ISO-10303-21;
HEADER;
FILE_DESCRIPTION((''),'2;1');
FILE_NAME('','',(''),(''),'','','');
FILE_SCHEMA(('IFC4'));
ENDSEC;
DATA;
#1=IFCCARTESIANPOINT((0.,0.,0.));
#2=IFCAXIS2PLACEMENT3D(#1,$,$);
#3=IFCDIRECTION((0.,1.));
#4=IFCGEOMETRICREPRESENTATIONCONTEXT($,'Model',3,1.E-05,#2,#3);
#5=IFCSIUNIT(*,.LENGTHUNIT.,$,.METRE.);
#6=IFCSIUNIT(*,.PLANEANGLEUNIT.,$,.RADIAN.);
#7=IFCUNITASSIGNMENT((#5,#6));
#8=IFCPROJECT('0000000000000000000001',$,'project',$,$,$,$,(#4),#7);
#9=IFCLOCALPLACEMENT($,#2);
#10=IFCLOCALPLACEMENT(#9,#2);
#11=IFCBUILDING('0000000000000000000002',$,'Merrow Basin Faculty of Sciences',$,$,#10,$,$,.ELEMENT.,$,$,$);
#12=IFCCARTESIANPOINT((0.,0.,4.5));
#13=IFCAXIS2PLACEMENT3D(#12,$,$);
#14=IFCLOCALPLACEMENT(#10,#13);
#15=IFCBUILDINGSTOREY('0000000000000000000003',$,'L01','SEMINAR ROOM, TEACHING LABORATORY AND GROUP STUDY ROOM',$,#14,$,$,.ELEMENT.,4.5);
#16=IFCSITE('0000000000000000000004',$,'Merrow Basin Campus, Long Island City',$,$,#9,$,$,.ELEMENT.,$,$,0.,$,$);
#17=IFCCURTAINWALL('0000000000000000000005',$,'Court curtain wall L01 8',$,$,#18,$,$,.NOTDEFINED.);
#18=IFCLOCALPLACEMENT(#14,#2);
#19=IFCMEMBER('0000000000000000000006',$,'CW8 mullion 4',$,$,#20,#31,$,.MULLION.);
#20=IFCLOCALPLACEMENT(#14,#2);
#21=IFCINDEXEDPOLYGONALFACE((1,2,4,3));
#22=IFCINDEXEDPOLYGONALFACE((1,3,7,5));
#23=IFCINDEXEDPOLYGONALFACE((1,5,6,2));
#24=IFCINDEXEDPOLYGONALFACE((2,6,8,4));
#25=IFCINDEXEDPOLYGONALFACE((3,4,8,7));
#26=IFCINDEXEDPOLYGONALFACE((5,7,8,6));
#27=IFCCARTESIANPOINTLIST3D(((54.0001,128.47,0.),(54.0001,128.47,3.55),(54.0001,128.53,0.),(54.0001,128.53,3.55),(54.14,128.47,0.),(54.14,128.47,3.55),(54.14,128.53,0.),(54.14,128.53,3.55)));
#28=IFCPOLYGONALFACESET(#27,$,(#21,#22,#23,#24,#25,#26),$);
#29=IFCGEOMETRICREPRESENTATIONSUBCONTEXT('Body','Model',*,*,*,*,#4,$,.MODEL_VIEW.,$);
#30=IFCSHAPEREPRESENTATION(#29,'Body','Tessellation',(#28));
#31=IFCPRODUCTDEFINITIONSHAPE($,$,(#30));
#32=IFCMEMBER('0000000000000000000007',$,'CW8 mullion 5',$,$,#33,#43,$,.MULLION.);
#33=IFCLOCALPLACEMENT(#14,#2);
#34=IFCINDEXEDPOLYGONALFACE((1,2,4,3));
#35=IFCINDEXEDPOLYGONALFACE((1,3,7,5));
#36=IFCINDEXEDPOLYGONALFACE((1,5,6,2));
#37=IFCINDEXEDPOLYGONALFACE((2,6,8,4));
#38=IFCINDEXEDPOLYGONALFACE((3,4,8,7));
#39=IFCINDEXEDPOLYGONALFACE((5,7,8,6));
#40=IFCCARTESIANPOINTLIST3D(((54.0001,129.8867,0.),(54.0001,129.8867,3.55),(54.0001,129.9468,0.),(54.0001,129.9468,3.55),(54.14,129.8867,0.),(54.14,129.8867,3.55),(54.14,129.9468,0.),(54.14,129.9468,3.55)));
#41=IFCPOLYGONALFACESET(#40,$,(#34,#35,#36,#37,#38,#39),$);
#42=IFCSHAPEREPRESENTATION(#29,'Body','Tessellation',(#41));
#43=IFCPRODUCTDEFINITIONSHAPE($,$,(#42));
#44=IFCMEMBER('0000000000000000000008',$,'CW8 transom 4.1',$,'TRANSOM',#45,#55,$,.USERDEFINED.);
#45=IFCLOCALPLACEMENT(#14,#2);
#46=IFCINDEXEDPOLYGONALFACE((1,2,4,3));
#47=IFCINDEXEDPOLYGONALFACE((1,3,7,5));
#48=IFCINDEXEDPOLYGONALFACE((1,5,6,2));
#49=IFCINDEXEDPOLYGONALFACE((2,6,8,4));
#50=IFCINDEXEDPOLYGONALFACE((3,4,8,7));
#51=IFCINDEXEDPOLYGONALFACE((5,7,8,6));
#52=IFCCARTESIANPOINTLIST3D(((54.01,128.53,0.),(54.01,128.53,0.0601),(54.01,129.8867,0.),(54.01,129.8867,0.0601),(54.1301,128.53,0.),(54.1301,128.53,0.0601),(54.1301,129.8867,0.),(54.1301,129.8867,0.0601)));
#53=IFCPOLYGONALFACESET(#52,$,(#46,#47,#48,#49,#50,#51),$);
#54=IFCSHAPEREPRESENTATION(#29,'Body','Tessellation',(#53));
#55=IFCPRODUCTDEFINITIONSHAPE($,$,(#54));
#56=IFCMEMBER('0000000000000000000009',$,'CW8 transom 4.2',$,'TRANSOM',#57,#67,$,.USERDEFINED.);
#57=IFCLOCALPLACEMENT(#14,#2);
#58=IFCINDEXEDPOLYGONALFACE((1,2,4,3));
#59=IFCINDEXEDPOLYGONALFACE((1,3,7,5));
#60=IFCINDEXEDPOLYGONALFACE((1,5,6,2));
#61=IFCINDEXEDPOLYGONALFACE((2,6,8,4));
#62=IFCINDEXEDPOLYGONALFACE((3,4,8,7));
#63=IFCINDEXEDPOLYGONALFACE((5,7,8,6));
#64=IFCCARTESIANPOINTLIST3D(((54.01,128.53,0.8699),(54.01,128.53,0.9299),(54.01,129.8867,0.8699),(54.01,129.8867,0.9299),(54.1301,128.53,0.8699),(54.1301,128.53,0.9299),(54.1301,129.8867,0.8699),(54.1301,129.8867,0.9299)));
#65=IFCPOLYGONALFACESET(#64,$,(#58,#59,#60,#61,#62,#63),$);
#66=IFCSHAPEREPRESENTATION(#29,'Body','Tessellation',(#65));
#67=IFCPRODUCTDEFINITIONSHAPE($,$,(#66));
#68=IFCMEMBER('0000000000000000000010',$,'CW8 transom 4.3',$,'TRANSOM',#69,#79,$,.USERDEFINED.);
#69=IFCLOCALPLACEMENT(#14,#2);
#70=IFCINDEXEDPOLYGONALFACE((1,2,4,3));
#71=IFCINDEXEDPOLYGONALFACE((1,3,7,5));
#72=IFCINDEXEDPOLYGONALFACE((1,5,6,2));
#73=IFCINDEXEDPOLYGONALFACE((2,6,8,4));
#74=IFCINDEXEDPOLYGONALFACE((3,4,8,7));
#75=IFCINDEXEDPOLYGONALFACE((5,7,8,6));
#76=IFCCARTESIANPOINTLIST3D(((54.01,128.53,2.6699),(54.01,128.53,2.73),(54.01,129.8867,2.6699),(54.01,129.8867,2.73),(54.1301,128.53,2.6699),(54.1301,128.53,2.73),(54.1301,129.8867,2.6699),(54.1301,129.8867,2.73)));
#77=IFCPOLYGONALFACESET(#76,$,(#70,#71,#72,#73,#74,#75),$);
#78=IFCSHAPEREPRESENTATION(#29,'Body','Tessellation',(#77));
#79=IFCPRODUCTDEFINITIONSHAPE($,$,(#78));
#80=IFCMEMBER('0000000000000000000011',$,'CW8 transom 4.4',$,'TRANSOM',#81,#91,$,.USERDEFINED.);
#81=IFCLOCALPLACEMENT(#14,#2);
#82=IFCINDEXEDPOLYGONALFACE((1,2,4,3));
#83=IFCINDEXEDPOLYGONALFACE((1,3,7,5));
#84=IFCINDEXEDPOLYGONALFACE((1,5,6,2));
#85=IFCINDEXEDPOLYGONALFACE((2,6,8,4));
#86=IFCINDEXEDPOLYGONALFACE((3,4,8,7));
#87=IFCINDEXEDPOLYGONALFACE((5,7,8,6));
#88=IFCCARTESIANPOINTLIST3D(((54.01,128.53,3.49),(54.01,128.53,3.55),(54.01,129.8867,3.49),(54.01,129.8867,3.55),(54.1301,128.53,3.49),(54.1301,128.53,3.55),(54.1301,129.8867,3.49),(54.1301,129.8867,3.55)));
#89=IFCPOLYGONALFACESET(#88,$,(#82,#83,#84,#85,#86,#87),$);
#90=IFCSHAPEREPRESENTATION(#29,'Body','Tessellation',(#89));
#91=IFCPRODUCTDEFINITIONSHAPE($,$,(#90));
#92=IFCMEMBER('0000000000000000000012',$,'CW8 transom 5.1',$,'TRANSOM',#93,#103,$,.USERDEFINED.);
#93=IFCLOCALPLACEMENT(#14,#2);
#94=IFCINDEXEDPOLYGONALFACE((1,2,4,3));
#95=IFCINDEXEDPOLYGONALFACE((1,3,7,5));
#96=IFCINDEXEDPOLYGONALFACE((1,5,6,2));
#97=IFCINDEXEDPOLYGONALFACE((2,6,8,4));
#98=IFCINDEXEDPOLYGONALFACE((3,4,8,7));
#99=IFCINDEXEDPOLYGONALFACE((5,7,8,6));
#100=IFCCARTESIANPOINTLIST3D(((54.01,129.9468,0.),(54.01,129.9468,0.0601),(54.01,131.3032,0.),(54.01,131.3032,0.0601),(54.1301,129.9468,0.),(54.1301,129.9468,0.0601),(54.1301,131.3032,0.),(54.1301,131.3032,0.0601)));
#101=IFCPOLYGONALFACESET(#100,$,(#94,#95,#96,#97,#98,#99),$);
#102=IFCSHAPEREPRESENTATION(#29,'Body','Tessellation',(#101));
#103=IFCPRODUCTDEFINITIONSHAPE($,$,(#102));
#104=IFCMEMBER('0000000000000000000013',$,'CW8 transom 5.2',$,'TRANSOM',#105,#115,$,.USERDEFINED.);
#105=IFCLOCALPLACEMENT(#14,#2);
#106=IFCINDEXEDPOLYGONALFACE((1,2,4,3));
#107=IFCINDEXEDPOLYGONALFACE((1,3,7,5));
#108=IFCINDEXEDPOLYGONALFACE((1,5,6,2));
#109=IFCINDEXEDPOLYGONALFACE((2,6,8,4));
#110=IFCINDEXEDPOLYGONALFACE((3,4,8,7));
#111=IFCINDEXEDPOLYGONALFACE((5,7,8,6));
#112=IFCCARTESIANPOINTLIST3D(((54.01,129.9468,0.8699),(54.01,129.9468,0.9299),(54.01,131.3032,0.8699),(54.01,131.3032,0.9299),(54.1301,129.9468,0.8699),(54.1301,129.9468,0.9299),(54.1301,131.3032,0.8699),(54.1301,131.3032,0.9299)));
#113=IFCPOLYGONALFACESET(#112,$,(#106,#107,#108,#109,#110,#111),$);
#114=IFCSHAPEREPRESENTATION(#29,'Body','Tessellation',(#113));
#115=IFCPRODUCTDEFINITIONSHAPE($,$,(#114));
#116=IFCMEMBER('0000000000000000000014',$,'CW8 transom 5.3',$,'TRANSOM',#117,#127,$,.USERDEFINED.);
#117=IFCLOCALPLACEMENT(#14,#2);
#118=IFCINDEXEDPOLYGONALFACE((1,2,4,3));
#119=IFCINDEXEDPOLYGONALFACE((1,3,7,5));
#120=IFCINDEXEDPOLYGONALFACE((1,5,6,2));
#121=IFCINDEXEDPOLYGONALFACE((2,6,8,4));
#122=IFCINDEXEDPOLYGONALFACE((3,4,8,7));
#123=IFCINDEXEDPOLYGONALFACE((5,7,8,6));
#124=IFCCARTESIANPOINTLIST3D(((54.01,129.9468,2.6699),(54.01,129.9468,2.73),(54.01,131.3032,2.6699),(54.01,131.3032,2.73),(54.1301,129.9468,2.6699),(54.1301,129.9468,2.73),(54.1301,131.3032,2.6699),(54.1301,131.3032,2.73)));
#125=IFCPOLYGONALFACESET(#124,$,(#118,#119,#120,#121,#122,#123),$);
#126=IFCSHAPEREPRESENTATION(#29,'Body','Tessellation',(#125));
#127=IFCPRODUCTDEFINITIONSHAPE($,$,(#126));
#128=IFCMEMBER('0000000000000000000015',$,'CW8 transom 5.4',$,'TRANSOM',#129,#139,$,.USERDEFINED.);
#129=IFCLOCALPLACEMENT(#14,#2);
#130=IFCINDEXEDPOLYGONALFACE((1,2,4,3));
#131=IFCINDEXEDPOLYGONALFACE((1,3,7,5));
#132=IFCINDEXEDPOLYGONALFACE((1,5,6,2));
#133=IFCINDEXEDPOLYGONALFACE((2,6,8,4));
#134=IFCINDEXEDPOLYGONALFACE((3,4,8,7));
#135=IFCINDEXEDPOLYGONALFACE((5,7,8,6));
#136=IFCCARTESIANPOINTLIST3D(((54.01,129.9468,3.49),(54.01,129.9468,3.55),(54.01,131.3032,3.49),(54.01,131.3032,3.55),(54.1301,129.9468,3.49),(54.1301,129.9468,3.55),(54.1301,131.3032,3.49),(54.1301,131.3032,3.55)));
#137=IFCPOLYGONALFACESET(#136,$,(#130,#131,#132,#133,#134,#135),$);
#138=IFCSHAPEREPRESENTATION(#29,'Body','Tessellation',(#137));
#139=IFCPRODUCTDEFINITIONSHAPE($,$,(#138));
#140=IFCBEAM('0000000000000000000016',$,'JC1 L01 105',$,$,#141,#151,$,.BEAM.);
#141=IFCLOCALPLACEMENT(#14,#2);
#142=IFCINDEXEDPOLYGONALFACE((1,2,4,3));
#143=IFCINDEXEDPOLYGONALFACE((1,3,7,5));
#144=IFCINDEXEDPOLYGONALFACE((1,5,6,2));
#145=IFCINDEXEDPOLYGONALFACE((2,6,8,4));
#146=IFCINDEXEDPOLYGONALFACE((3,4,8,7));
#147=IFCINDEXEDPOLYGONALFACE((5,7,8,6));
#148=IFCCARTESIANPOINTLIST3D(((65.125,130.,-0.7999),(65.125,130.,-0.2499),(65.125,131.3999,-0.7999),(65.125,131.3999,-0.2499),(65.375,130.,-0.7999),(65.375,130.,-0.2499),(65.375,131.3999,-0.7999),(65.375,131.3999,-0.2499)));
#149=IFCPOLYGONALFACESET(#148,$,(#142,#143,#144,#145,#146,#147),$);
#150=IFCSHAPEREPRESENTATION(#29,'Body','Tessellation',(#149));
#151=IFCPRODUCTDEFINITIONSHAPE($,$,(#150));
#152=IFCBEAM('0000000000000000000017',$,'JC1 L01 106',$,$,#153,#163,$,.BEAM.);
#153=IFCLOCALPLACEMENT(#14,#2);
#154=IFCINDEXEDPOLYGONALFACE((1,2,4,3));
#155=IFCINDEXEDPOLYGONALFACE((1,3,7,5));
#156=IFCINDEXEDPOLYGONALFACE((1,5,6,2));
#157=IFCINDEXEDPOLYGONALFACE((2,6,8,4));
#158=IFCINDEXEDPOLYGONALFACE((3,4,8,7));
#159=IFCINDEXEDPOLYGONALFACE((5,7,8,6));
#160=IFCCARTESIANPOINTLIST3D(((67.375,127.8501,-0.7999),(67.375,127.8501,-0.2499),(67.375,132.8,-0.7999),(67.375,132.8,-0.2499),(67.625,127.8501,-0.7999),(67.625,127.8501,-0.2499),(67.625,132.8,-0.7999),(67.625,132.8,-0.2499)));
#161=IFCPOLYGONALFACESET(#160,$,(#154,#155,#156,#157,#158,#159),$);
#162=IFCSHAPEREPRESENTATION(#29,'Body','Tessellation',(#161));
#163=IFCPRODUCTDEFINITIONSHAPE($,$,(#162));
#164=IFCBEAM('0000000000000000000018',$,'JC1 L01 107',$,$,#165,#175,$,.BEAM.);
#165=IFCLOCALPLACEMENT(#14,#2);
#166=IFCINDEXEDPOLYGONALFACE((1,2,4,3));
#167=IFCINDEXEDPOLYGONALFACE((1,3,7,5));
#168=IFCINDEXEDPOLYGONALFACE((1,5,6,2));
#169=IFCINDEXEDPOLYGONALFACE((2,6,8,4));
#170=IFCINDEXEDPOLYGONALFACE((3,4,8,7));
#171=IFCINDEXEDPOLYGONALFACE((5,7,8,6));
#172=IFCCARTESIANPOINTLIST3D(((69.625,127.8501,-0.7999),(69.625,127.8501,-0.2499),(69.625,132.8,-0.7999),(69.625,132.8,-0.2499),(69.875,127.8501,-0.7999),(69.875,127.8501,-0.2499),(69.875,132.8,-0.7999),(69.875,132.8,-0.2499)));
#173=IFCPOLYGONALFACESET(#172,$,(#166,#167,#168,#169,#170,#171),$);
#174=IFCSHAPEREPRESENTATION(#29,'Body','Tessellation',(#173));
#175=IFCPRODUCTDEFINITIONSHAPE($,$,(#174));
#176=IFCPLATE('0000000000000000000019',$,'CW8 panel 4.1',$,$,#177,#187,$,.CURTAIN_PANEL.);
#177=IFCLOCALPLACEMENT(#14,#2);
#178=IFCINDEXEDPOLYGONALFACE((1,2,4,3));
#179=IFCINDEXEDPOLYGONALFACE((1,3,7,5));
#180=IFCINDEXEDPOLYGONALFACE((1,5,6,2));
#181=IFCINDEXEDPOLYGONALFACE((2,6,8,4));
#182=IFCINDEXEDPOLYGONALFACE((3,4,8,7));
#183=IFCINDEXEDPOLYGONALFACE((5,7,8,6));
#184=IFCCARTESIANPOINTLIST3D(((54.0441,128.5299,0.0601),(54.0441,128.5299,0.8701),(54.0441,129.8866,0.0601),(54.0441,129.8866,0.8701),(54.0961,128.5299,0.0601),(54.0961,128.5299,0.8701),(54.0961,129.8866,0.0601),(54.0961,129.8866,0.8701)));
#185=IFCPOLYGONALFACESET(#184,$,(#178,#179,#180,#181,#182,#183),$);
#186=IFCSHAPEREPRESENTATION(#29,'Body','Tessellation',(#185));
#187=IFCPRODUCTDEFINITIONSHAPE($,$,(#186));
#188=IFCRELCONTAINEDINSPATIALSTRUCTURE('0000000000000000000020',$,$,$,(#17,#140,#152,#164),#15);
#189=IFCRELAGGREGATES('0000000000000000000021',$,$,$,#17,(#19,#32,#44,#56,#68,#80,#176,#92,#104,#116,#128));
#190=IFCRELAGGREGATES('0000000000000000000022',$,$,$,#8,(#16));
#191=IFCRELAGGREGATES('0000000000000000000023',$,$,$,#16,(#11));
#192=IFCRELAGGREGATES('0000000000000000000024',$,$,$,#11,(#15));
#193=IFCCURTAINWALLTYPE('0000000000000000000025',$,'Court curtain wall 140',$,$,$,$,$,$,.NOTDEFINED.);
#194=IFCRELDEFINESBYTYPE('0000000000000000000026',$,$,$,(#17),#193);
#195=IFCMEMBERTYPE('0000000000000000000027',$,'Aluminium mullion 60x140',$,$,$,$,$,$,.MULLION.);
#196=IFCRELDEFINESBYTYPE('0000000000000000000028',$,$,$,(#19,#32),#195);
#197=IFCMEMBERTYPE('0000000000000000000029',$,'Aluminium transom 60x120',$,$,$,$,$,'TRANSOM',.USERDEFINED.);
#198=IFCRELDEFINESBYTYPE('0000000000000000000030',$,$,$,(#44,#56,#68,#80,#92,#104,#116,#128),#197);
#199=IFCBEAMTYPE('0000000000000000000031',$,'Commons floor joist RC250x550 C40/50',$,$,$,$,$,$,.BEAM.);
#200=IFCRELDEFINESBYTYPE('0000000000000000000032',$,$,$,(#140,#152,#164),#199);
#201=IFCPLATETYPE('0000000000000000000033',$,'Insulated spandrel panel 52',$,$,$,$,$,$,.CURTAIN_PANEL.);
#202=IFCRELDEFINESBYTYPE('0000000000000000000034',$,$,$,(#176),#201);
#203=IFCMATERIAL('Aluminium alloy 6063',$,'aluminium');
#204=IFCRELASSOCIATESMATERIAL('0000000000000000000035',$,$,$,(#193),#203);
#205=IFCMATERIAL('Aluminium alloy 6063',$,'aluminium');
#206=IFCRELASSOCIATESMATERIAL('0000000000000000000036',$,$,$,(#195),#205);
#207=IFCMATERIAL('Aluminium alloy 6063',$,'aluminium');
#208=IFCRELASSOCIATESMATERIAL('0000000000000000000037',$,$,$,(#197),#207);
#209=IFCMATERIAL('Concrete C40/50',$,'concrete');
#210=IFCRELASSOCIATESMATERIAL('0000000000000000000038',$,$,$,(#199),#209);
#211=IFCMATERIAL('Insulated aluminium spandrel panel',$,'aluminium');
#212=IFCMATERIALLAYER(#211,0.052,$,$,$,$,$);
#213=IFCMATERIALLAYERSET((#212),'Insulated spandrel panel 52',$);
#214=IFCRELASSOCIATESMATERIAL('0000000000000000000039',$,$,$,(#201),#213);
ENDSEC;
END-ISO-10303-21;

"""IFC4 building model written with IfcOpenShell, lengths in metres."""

from ifc_helpers import new_model, si_unit, direction, frame, origin, origin_2d, place, context, subcontext, project, spatial, rectangle, extrude, material, layer, layer_set, material_profile, profile_set, type_object, element, aggregate, save


model = new_model("IFC4")

# Units and contexts
model_context = context("Model", 3, precision=1e-05, world=origin(), true_north=direction((0.0, 1.0)))
body_context = subcontext(model_context, "Body", "Model", "MODEL_VIEW")
ifc_project = project(units=[si_unit("LENGTHUNIT", "METRE"), si_unit("PLANEANGLEUNIT", "RADIAN")], contexts=[model_context])

# Site, building, storey
site_placement = place(None, origin())
site = spatial("IfcSite", under=ifc_project, at=site_placement, Name="Merrow Basin Campus, Long Island City", CompositionType="ELEMENT", RefElevation=0.0)
building_placement = place(site_placement, origin())
building = spatial("IfcBuilding", under=site, at=building_placement, Name="Merrow Basin Faculty of Sciences", CompositionType="ELEMENT")
storey_placement = place(building_placement, frame((0.0, 0.0, 4.5)))
storey = spatial("IfcBuildingStorey", under=building, at=storey_placement, Name="L01", Description="SEMINAR ROOM, TEACHING LABORATORY AND GROUP STUDY ROOM", CompositionType="ELEMENT", Elevation=4.5)

# Curtain wall, members
ifc_material_1 = material(Name="Aluminium alloy 6063", Category="aluminium")
curtain_wall_type = type_object("IfcCurtainWallType", Name="Court curtain wall 140", PredefinedType="NOTDEFINED", material=ifc_material_1)
curtain_wall_placement = place(storey_placement, origin())
curtain_wall = element("IfcCurtainWall", 1, at=curtain_wall_placement, inside=storey, type_object=curtain_wall_type, Name="Court curtain wall L01 8", PredefinedType="NOTDEFINED")
ifc_material_2 = material(Name="Aluminium alloy 6063", Category="aluminium")
ifc_material_profile_1 = material_profile(ifc_material_2, rectangle(XDim=0.1399, YDim=0.0601, at=origin_2d()))
ifc_profile_set_1 = profile_set([ifc_material_profile_1], Name="Aluminium alloy 6063")
member_type_1 = type_object("IfcMemberType", Name="Aluminium mullion 60x140", PredefinedType="MULLION", material=ifc_profile_set_1)
member_1_placement = place(storey_placement, frame((54.0701, 128.5, 0.0), z_axis=(0.0, 0.0, 1.0), x_axis=(-1.0, 0.0, 0.0)))
member_1 = element("IfcMember", 2, at=member_1_placement, type_object=member_type_1, Name="CW8 mullion 4", PredefinedType="MULLION", context=body_context, shape_type="SweptSolid", body=[
    extrude(rectangle(XDim=0.1399, YDim=0.0601, at=origin_2d()), origin(), (0.0, 0.0, 1.0), 3.55),
])
member_2_placement = place(storey_placement, frame((54.0701, 129.9167, 0.0), z_axis=(0.0, 0.0, 1.0), x_axis=(-1.0, 0.0, 0.0)))
member_2 = element("IfcMember", 3, at=member_2_placement, type_object=member_type_1, Name="CW8 mullion 5", PredefinedType="MULLION", context=body_context, shape_type="SweptSolid", body=[
    extrude(rectangle(XDim=0.1399, YDim=0.0601, at=origin_2d()), origin(), (0.0, 0.0, 1.0), 3.55),
])
ifc_material_3 = material(Name="Aluminium alloy 6063", Category="aluminium")
ifc_material_profile_2 = material_profile(ifc_material_3, rectangle(XDim=0.1201, YDim=0.0601, at=origin_2d()))
ifc_profile_set_2 = profile_set([ifc_material_profile_2], Name="Aluminium alloy 6063")
member_type_2 = type_object("IfcMemberType", Name="Aluminium transom 60x120", ElementType="TRANSOM", PredefinedType="USERDEFINED", material=ifc_profile_set_2)
member_3_placement = place(storey_placement, frame((54.0701, 128.53, 0.03), z_axis=(0.0, 1.0, 0.0), x_axis=(-1.0, 0.0, 0.0)))
member_3 = element("IfcMember", 4, at=member_3_placement, type_object=member_type_2, Name="CW8 transom 4.1", ObjectType="TRANSOM", PredefinedType="USERDEFINED", context=body_context, shape_type="SweptSolid", body=[
    extrude(rectangle(XDim=0.1201, YDim=0.0601, at=origin_2d()), origin(), (0.0, 0.0, 1.0), 1.3567),
])
member_4_placement = place(storey_placement, frame((54.0701, 128.53, 0.8999), z_axis=(0.0, 1.0, 0.0), x_axis=(-1.0, 0.0, 0.0)))
member_4 = element("IfcMember", 5, at=member_4_placement, type_object=member_type_2, Name="CW8 transom 4.2", ObjectType="TRANSOM", PredefinedType="USERDEFINED", context=body_context, shape_type="SweptSolid", body=[
    extrude(rectangle(XDim=0.1201, YDim=0.0601, at=origin_2d()), origin(), (0.0, 0.0, 1.0), 1.3567),
])
member_5_placement = place(storey_placement, frame((54.0701, 128.53, 2.7), z_axis=(0.0, 1.0, 0.0), x_axis=(-1.0, 0.0, 0.0)))
member_5 = element("IfcMember", 6, at=member_5_placement, type_object=member_type_2, Name="CW8 transom 4.3", ObjectType="TRANSOM", PredefinedType="USERDEFINED", context=body_context, shape_type="SweptSolid", body=[
    extrude(rectangle(XDim=0.1201, YDim=0.0601, at=origin_2d()), origin(), (0.0, 0.0, 1.0), 1.3567),
])
member_6_placement = place(storey_placement, frame((54.0701, 128.53, 3.52), z_axis=(0.0, 1.0, 0.0), x_axis=(-1.0, 0.0, 0.0)))
member_6 = element("IfcMember", 7, at=member_6_placement, type_object=member_type_2, Name="CW8 transom 4.4", ObjectType="TRANSOM", PredefinedType="USERDEFINED", context=body_context, shape_type="SweptSolid", body=[
    extrude(rectangle(XDim=0.1201, YDim=0.0601, at=origin_2d()), origin(), (0.0, 0.0, 1.0), 1.3567),
])
member_7_placement = place(storey_placement, frame((54.0701, 129.9468, 0.03), z_axis=(0.0, 1.0, 0.0), x_axis=(-1.0, 0.0, 0.0)))
member_7 = element("IfcMember", 8, at=member_7_placement, type_object=member_type_2, Name="CW8 transom 5.1", ObjectType="TRANSOM", PredefinedType="USERDEFINED", context=body_context, shape_type="SweptSolid", body=[
    extrude(rectangle(XDim=0.1201, YDim=0.0601, at=origin_2d()), origin(), (0.0, 0.0, 1.0), 1.3564),
])
member_8_placement = place(storey_placement, frame((54.0701, 129.9468, 0.8999), z_axis=(0.0, 1.0, 0.0), x_axis=(-1.0, 0.0, 0.0)))
member_8 = element("IfcMember", 9, at=member_8_placement, type_object=member_type_2, Name="CW8 transom 5.2", ObjectType="TRANSOM", PredefinedType="USERDEFINED", context=body_context, shape_type="SweptSolid", body=[
    extrude(rectangle(XDim=0.1201, YDim=0.0601, at=origin_2d()), origin(), (0.0, 0.0, 1.0), 1.3564),
])
member_9_placement = place(storey_placement, frame((54.0701, 129.9468, 2.7), z_axis=(0.0, 1.0, 0.0), x_axis=(-1.0, 0.0, 0.0)))
member_9 = element("IfcMember", 10, at=member_9_placement, type_object=member_type_2, Name="CW8 transom 5.3", ObjectType="TRANSOM", PredefinedType="USERDEFINED", context=body_context, shape_type="SweptSolid", body=[
    extrude(rectangle(XDim=0.1201, YDim=0.0601, at=origin_2d()), origin(), (0.0, 0.0, 1.0), 1.3564),
])
member_10_placement = place(storey_placement, frame((54.0701, 129.9468, 3.52), z_axis=(0.0, 1.0, 0.0), x_axis=(-1.0, 0.0, 0.0)))
member_10 = element("IfcMember", 11, at=member_10_placement, type_object=member_type_2, Name="CW8 transom 5.4", ObjectType="TRANSOM", PredefinedType="USERDEFINED", context=body_context, shape_type="SweptSolid", body=[
    extrude(rectangle(XDim=0.1201, YDim=0.0601, at=origin_2d()), origin(), (0.0, 0.0, 1.0), 1.3564),
])

# Beams
ifc_material_4 = material(Name="Concrete C40/50", Category="concrete")
ifc_material_profile_3 = material_profile(ifc_material_4, rectangle(XDim=0.25, YDim=0.55, at=origin_2d()))
ifc_profile_set_3 = profile_set([ifc_material_profile_3], Name="Concrete C40/50")
beam_type = type_object("IfcBeamType", Name="Commons floor joist RC250x550 C40/50", PredefinedType="BEAM", material=ifc_profile_set_3)
beam_placement = place(storey_placement, frame((65.25, 130.0, -0.5249), z_axis=(0.0, 1.0, 0.0), x_axis=(-1.0, 0.0, 0.0)))
element("IfcBeam", 12, at=beam_placement, inside=storey, type_object=beam_type, Name="JC1 L01 105", PredefinedType="BEAM", context=body_context, shape_type="SweptSolid", body=[
    extrude(rectangle(XDim=0.25, YDim=0.55, at=origin_2d()), origin(), (0.0, 0.0, 1.0), 1.3999),
])
for number, where, z_axis, x_axis, name in (
    (13, (67.5, 127.8501, -0.5249), (0.0, 1.0, 0.0), (-1.0, 0.0, 0.0), "JC1 L01 106"),
    (14, (69.75, 127.8501, -0.5249), (0.0, 1.0, 0.0), (-1.0, 0.0, 0.0), "JC1 L01 107"),
):
    element("IfcBeam", number, at=place(storey_placement, frame(where, z_axis=z_axis, x_axis=x_axis)), inside=storey, type_object=beam_type, Name=name, PredefinedType="BEAM", context=body_context, shape_type="SweptSolid", body=[
        extrude(rectangle(XDim=0.25, YDim=0.55, at=origin_2d()), origin(), (0.0, 0.0, 1.0), 4.95),
    ])

# Plate
ifc_material_5 = material(Name="Insulated aluminium spandrel panel", Category="aluminium")
ifc_layer_1 = layer(ifc_material_5, 0.052)
ifc_layer_set_1 = layer_set([ifc_layer_1], Name="Insulated spandrel panel 52")
plate_type_1 = type_object("IfcPlateType", Name="Insulated spandrel panel 52", PredefinedType="CURTAIN_PANEL", material=ifc_layer_set_1)
plate_1_placement = place(storey_placement, frame((54.0701, 129.2083, 0.0601), z_axis=(0.0, 0.0, 1.0), x_axis=(0.0, 1.0, 0.0)))
plate_1 = element("IfcPlate", 15, at=plate_1_placement, type_object=plate_type_1, Name="CW8 panel 4.1", PredefinedType="CURTAIN_PANEL", context=body_context, shape_type="SweptSolid", body=[
    extrude(rectangle(XDim=1.3567, YDim=0.052, at=origin_2d()), origin(), (0.0, 0.0, 1.0), 0.8101),
])
aggregate(curtain_wall, [member_1, member_2, member_3, member_4, member_5, member_6, plate_1, member_7, member_8, member_9, member_10])

save(model, "model.ifc")
